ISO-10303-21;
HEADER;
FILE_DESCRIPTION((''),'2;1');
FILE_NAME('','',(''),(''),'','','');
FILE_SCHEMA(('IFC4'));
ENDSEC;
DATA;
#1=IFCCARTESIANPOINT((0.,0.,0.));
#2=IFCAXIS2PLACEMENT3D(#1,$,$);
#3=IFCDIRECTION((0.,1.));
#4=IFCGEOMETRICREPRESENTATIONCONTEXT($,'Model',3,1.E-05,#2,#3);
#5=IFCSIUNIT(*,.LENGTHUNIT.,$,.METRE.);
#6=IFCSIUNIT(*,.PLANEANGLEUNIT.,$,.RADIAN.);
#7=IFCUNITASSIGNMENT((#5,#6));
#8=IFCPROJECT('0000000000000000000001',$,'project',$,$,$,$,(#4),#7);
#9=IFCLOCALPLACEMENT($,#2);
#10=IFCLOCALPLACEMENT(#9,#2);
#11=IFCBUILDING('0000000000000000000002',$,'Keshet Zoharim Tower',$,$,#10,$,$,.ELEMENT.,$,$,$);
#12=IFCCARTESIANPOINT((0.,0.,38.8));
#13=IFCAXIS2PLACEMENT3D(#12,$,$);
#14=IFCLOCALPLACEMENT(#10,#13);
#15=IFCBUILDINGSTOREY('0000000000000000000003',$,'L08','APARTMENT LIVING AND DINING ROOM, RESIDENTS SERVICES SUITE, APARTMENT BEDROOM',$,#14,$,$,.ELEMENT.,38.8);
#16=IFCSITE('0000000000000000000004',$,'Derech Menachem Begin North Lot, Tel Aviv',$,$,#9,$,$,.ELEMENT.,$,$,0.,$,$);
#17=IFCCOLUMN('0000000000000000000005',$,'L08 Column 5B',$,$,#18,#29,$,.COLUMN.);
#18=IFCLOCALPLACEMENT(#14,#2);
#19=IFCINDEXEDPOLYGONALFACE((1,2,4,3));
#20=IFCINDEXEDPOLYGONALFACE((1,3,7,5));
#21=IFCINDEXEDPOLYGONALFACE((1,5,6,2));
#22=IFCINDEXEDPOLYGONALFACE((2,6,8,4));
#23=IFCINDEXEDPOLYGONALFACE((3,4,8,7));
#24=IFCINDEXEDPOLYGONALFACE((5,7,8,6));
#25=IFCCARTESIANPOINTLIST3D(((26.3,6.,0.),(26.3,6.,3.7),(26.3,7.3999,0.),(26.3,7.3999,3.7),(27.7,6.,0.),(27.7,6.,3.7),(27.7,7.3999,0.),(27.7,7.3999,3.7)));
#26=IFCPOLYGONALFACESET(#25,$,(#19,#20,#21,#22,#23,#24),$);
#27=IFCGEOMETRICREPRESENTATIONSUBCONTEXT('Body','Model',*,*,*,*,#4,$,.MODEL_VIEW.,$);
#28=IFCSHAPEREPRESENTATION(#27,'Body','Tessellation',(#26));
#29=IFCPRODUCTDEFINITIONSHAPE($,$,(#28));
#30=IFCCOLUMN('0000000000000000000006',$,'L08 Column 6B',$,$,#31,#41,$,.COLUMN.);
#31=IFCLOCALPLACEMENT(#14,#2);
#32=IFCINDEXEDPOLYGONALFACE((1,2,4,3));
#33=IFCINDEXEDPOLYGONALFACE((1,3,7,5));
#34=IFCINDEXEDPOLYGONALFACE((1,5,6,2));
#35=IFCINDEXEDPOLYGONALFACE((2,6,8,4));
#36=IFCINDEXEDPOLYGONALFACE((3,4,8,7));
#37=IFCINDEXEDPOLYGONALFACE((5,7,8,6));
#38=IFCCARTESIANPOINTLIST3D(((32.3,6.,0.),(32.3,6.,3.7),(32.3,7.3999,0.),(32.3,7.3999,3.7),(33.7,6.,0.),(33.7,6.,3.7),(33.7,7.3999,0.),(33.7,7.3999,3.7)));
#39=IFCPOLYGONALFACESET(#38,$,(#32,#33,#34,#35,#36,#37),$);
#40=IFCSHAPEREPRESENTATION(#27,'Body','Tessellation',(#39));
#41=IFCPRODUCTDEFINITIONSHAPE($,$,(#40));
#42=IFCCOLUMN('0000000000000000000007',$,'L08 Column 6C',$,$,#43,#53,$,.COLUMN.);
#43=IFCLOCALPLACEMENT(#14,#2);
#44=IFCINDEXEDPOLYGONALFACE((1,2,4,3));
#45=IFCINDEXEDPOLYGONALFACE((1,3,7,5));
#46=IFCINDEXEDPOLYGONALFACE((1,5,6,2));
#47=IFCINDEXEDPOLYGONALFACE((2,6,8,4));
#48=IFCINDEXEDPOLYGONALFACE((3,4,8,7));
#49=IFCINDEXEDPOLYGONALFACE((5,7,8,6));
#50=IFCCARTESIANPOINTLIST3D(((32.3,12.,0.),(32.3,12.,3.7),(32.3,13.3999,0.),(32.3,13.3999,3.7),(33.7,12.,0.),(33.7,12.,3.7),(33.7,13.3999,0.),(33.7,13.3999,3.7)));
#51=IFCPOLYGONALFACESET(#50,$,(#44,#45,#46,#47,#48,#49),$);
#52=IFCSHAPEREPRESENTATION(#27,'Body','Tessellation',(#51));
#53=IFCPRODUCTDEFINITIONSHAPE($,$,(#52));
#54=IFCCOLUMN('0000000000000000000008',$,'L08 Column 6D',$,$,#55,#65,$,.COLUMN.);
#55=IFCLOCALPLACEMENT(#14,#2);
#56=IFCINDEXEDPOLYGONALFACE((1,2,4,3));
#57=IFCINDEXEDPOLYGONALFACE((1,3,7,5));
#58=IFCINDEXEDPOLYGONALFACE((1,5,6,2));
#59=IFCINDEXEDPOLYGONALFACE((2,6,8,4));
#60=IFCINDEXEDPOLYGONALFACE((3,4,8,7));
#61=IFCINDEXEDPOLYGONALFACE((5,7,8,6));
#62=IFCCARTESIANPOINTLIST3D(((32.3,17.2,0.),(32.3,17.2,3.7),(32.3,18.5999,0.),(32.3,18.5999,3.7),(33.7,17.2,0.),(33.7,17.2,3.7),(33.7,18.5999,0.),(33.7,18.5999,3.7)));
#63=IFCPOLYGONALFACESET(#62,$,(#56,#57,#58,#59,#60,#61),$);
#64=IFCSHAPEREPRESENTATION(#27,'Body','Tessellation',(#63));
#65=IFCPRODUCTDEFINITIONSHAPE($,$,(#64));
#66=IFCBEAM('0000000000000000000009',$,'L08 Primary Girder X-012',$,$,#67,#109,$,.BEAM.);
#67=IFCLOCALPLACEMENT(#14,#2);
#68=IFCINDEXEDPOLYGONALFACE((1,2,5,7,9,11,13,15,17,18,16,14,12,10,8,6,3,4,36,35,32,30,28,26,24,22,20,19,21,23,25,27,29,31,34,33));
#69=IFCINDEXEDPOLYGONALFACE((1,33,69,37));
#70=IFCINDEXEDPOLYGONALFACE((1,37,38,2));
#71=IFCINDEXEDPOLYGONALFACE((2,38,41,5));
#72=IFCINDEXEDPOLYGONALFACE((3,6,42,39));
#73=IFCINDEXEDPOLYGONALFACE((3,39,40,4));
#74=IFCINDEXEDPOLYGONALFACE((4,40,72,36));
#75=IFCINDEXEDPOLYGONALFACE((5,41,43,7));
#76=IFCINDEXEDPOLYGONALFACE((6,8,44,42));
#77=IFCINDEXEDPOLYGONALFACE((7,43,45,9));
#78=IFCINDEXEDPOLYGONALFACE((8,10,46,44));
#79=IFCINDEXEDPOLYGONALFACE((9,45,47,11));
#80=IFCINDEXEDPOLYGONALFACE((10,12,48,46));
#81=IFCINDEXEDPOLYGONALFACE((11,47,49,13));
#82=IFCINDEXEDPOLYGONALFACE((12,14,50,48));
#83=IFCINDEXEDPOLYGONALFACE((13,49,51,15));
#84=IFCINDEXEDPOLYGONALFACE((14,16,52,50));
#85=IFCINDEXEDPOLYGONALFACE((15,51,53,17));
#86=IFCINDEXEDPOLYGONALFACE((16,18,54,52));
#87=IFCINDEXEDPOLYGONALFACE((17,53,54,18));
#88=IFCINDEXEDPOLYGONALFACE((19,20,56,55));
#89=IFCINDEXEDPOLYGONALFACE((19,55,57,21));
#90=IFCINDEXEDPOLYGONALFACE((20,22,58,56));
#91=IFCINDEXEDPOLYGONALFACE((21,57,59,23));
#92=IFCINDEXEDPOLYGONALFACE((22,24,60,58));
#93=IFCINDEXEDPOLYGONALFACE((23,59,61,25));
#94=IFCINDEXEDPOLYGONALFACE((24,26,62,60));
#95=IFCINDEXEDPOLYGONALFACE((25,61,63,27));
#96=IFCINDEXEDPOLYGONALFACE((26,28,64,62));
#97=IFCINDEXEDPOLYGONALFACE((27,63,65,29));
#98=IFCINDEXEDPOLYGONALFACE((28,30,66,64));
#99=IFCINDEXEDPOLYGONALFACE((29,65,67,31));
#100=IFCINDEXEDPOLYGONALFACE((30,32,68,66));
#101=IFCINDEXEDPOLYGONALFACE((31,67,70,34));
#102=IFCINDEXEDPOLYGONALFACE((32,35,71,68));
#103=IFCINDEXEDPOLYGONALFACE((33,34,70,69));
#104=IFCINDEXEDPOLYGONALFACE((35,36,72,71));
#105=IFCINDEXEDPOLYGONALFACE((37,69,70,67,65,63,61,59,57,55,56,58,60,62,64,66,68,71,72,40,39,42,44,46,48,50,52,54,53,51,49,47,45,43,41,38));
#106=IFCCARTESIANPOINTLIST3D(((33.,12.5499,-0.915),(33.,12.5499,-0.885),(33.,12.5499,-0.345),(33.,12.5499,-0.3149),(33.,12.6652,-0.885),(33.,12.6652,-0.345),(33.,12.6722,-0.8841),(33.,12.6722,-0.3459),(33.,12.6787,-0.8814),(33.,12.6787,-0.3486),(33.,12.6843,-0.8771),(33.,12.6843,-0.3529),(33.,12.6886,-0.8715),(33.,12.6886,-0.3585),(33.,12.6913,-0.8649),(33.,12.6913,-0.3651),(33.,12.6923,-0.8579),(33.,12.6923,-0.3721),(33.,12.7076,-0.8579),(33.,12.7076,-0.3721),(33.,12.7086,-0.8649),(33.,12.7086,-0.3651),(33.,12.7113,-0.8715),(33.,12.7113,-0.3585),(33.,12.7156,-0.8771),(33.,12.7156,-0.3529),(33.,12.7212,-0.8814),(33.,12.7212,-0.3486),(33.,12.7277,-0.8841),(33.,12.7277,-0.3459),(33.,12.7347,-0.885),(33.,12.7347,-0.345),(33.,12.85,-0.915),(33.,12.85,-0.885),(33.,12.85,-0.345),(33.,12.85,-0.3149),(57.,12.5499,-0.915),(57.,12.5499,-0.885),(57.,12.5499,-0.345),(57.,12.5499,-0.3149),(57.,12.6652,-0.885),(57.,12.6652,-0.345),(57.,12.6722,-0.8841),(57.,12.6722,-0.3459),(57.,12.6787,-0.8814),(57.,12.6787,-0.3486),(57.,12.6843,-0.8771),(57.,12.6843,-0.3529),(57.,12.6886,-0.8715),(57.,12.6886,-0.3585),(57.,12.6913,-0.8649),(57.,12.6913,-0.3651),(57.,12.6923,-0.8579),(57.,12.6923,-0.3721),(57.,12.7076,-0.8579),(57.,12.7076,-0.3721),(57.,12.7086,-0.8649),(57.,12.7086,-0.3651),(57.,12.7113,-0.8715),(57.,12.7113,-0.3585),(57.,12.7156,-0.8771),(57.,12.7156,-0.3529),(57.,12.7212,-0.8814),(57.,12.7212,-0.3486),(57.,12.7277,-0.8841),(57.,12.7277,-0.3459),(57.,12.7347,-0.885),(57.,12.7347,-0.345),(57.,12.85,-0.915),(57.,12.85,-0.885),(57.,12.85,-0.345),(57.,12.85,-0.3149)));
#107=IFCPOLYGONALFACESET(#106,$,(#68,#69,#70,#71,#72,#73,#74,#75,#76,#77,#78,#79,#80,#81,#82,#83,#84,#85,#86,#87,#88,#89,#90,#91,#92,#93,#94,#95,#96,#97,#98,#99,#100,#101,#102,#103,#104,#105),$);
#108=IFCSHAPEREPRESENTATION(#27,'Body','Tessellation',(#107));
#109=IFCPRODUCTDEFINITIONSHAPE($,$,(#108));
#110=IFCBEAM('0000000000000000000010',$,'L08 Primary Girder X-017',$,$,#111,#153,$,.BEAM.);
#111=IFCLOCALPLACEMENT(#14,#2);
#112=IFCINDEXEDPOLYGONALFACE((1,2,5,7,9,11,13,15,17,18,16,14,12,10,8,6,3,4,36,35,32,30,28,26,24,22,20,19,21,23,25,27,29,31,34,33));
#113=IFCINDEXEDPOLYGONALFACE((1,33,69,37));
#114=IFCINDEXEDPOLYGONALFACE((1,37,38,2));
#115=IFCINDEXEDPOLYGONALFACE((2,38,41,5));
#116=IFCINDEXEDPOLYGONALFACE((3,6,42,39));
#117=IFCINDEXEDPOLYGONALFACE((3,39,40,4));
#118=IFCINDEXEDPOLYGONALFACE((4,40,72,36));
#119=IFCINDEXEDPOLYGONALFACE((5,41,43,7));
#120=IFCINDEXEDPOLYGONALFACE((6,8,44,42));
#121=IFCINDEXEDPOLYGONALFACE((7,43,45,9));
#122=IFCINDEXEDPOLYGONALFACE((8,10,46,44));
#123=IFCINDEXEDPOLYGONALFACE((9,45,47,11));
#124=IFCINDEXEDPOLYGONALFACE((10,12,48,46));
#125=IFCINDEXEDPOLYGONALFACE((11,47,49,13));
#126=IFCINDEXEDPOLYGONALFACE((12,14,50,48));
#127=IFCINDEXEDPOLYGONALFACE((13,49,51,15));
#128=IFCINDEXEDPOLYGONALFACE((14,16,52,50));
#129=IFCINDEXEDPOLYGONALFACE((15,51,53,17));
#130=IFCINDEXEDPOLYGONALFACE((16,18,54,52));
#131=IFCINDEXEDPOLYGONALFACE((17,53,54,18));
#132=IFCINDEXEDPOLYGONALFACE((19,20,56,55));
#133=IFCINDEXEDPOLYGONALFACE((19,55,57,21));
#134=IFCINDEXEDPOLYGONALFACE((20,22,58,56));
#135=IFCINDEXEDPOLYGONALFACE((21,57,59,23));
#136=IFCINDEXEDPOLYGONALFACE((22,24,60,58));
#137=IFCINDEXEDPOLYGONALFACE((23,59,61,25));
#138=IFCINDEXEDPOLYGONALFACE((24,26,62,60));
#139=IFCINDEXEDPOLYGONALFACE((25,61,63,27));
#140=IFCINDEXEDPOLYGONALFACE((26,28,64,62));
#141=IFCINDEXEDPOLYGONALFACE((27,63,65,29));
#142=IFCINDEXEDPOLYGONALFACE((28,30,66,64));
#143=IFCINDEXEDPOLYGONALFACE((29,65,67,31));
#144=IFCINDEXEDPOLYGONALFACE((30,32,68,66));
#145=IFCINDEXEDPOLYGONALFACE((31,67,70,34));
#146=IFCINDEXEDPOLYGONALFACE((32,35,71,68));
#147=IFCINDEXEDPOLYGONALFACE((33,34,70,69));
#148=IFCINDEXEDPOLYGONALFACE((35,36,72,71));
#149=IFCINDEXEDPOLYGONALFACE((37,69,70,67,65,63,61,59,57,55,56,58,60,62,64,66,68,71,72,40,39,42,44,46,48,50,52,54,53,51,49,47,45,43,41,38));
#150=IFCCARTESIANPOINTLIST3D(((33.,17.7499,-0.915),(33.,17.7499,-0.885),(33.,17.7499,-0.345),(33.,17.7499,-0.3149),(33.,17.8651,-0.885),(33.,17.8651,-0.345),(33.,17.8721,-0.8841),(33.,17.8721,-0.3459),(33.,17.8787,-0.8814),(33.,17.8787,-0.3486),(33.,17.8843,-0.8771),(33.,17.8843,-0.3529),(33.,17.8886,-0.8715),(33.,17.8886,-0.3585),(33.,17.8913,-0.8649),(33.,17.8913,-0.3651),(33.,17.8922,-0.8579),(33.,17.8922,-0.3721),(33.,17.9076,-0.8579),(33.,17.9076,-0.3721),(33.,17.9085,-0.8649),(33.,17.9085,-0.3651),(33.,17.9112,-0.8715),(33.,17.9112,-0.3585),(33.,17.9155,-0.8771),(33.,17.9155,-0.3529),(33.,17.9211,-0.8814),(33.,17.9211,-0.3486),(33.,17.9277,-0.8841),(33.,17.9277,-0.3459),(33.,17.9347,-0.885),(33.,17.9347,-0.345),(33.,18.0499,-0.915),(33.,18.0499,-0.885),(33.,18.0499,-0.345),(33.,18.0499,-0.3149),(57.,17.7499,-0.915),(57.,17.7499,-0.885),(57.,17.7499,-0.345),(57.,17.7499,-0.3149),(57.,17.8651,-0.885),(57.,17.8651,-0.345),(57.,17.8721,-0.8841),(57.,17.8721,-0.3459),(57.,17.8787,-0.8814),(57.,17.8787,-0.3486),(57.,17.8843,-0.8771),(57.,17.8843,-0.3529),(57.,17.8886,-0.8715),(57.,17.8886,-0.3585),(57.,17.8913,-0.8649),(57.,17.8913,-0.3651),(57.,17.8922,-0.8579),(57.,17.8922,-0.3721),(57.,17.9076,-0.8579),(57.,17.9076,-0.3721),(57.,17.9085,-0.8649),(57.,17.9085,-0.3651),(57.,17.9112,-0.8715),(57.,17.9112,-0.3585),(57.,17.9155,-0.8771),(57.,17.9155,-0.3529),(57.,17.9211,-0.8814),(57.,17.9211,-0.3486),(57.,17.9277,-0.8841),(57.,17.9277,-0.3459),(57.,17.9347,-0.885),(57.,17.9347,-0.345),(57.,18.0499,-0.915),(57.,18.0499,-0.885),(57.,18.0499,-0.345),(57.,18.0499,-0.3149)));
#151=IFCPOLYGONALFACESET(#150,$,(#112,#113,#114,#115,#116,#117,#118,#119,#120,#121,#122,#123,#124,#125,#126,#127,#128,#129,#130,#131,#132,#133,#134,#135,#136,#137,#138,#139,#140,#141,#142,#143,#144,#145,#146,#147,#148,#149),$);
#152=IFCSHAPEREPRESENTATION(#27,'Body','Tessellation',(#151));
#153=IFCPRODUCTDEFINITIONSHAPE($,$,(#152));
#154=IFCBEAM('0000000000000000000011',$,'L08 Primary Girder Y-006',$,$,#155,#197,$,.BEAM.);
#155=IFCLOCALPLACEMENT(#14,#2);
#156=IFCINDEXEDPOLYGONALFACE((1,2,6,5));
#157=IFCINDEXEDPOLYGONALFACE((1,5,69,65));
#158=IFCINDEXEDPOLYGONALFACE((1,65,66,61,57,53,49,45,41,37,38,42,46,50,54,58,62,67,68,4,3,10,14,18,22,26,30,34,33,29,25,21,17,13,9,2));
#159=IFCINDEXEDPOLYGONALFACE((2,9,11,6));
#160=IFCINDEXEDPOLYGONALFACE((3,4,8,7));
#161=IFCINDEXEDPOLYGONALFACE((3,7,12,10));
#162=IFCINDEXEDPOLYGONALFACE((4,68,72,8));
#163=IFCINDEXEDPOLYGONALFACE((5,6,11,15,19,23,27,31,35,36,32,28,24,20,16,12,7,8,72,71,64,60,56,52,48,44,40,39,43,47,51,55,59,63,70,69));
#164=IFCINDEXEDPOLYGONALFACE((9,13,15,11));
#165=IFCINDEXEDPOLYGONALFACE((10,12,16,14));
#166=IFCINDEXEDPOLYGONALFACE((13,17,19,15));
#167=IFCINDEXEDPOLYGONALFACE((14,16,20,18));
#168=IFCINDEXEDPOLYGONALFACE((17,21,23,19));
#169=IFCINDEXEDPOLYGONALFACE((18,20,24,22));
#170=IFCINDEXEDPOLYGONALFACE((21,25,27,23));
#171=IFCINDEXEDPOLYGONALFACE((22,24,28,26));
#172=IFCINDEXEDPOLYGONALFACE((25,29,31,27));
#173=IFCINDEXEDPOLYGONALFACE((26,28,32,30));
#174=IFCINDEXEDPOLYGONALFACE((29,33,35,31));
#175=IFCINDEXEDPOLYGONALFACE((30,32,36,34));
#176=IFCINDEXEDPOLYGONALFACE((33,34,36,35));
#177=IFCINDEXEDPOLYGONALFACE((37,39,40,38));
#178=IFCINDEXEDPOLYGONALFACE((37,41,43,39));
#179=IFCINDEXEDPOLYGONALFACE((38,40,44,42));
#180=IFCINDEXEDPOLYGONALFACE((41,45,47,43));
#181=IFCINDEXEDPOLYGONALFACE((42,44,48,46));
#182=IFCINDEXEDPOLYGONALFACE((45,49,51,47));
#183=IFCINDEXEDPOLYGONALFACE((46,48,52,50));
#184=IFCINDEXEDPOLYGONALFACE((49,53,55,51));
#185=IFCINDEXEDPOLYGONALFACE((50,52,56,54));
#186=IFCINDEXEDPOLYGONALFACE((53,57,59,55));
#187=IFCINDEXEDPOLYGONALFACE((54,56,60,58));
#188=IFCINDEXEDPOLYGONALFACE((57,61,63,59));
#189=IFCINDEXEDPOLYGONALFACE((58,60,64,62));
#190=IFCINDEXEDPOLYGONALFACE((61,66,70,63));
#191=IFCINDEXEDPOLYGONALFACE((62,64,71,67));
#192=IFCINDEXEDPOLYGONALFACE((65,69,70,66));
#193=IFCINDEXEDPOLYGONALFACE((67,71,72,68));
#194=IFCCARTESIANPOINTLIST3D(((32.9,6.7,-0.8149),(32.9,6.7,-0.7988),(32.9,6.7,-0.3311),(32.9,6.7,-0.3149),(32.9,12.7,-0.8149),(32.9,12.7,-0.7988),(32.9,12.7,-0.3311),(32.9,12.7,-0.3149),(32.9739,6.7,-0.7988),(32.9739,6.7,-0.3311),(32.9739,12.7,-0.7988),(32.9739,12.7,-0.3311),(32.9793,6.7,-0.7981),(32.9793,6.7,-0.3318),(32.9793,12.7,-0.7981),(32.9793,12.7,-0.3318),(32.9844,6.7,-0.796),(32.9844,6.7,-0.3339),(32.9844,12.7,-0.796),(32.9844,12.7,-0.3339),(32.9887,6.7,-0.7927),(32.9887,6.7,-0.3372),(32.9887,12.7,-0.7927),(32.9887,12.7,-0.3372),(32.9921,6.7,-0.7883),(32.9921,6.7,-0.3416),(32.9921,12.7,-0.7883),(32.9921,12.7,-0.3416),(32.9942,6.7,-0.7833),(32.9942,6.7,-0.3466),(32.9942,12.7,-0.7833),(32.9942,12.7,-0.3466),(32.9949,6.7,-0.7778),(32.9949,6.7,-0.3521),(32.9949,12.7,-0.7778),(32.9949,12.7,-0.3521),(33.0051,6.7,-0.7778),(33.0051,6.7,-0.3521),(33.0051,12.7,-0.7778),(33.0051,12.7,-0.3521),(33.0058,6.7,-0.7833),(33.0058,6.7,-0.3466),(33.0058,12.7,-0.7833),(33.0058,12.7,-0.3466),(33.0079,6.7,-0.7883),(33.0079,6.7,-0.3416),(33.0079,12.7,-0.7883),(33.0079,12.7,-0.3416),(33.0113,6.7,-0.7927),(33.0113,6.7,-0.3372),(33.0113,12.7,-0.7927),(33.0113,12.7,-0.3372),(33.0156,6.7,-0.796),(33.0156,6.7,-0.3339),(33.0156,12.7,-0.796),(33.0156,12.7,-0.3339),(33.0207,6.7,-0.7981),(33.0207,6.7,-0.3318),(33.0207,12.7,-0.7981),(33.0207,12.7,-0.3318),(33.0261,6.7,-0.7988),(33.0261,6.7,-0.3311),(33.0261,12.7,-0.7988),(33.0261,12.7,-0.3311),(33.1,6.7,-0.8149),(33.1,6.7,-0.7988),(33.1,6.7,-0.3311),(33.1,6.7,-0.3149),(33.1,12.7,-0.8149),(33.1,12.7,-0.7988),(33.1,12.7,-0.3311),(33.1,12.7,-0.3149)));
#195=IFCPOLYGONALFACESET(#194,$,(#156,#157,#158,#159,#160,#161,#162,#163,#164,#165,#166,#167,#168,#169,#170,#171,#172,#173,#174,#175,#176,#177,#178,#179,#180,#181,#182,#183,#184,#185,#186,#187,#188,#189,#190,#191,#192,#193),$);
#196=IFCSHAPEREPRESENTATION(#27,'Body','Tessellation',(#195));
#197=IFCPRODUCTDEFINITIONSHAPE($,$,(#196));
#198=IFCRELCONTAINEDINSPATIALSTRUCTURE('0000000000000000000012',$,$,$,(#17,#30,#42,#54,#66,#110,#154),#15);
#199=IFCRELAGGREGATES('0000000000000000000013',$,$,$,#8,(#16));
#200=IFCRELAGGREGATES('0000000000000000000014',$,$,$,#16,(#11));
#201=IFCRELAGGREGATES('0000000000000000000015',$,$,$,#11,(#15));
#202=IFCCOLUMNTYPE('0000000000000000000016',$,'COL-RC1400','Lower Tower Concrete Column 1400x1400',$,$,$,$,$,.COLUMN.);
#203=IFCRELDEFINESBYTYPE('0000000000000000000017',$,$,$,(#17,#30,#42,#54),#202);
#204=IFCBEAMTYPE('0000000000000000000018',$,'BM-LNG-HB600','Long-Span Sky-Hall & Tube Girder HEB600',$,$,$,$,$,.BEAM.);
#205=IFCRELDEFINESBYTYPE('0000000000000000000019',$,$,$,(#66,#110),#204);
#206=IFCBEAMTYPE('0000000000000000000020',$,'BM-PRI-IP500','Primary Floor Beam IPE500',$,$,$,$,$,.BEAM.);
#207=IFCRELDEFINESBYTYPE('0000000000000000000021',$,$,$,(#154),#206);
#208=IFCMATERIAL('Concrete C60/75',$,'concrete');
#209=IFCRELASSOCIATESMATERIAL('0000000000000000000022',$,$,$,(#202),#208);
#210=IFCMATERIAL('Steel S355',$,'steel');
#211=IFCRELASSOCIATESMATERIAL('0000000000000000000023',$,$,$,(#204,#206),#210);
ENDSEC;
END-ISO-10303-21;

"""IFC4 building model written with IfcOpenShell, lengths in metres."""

from ifc_helpers import new_model, si_unit, direction, frame, origin, origin_2d, place, context, subcontext, project, spatial, rectangle, i_section, extrude, material, material_profile, profile_set, type_object, element, save


model = new_model("IFC4")

# Units and contexts
model_context = context("Model", 3, precision=1e-05, world=origin(), true_north=direction((0.0, 1.0)))
body_context = subcontext(model_context, "Body", "Model", "MODEL_VIEW")
ifc_project = project(units=[si_unit("LENGTHUNIT", "METRE"), si_unit("PLANEANGLEUNIT", "RADIAN")], contexts=[model_context])

# Site, building, storey
site_placement = place(None, origin())
site = spatial("IfcSite", under=ifc_project, at=site_placement, Name="Derech Menachem Begin North Lot, Tel Aviv", CompositionType="ELEMENT", RefElevation=0.0)
building_placement = place(site_placement, origin())
building = spatial("IfcBuilding", under=site, at=building_placement, Name="Keshet Zoharim Tower", CompositionType="ELEMENT")
storey_placement = place(building_placement, frame((0.0, 0.0, 38.8)))
storey = spatial("IfcBuildingStorey", under=building, at=storey_placement, Name="L08", Description="APARTMENT LIVING AND DINING ROOM, RESIDENTS SERVICES SUITE, APARTMENT BEDROOM", CompositionType="ELEMENT", Elevation=38.8)

# Columns
ifc_material_1 = material(Name="Concrete C60/75", Category="concrete")
ifc_material_profile_1 = material_profile(ifc_material_1, rectangle(XDim=1.3999, YDim=1.3999, at=origin_2d()), Name="RC1400x1400")
ifc_profile_set_1 = profile_set([ifc_material_profile_1], Name="Concrete C60/75")
column_type = type_object("IfcColumnType", Name="COL-RC1400", Description="Lower Tower Concrete Column 1400x1400", PredefinedType="COLUMN", material=ifc_profile_set_1)
for number, where, z_axis, x_axis, name in (
    (1, (27.0, 6.7, 0.0), (0.0, 0.0, 1.0), (1.0, 0.0, 0.0), "L08 Column 5B"),
    (2, (33.0, 6.7, 0.0), (0.0, 0.0, 1.0), (1.0, 0.0, 0.0), "L08 Column 6B"),
    (3, (33.0, 12.7, 0.0), (0.0, 0.0, 1.0), (1.0, 0.0, 0.0), "L08 Column 6C"),
    (4, (33.0, 17.8999, 0.0), (0.0, 0.0, 1.0), (1.0, 0.0, 0.0), "L08 Column 6D"),
):
    element("IfcColumn", number, at=place(storey_placement, frame(where, z_axis=z_axis, x_axis=x_axis)), inside=storey, type_object=column_type, Name=name, PredefinedType="COLUMN", context=body_context, shape_type="SweptSolid", body=[
        extrude(rectangle(XDim=1.3999, YDim=1.3999, at=origin_2d()), origin(), (0.0, 0.0, 1.0), 3.7),
    ])

# Beams
ifc_material_2 = material(Name="Steel S355", Category="steel")
ifc_material_profile_2 = material_profile(ifc_material_2, i_section(OverallWidth=0.3, OverallDepth=0.6001, WebThickness=0.0154, FlangeThickness=0.03, FilletRadius=0.0271, at=origin_2d()), Name="HEB600")
ifc_profile_set_2 = profile_set([ifc_material_profile_2], Name="Steel S355")
beam_type_1 = type_object("IfcBeamType", Name="BM-LNG-HB600", Description="Long-Span Sky-Hall & Tube Girder HEB600", PredefinedType="BEAM", material=ifc_profile_set_2)
for number, where, z_axis, x_axis, name in (
    (5, (33.0, 12.7, -0.615), (1.0, 0.0, 0.0), (0.0, 1.0, 0.0), "L08 Primary Girder X-012"),
    (6, (33.0, 17.8999, -0.615), (1.0, 0.0, 0.0), (0.0, 1.0, 0.0), "L08 Primary Girder X-017"),
):
    element("IfcBeam", number, at=place(storey_placement, frame(where, z_axis=z_axis, x_axis=x_axis)), inside=storey, type_object=beam_type_1, Name=name, PredefinedType="BEAM", context=body_context, shape_type="SweptSolid", body=[
        extrude(i_section(OverallWidth=0.3, OverallDepth=0.6001, WebThickness=0.0154, FlangeThickness=0.03, FilletRadius=0.0271, at=origin_2d()), origin(), (0.0, 0.0, 1.0), 24.0),
    ])
ifc_material_profile_3 = material_profile(ifc_material_2, i_section(OverallWidth=0.2, OverallDepth=0.5, WebThickness=0.0103, FlangeThickness=0.0161, FilletRadius=0.021, at=origin_2d()), Name="IPE500")
ifc_profile_set_3 = profile_set([ifc_material_profile_3], Name="Steel S355")
beam_type_2 = type_object("IfcBeamType", Name="BM-PRI-IP500", Description="Primary Floor Beam IPE500", PredefinedType="BEAM", material=ifc_profile_set_3)
beam_1_placement = place(storey_placement, frame((33.0, 6.7, -0.5649), z_axis=(0.0, 1.0, 0.0), x_axis=(-1.0, 0.0, 0.0)))
element("IfcBeam", 7, at=beam_1_placement, inside=storey, type_object=beam_type_2, Name="L08 Primary Girder Y-006", PredefinedType="BEAM", context=body_context, shape_type="SweptSolid", body=[
    extrude(i_section(OverallWidth=0.2, OverallDepth=0.5, WebThickness=0.0103, FlangeThickness=0.0161, FilletRadius=0.021, at=origin_2d()), origin(), (0.0, 0.0, 1.0), 6.0),
])

save(model, "model.ifc")
